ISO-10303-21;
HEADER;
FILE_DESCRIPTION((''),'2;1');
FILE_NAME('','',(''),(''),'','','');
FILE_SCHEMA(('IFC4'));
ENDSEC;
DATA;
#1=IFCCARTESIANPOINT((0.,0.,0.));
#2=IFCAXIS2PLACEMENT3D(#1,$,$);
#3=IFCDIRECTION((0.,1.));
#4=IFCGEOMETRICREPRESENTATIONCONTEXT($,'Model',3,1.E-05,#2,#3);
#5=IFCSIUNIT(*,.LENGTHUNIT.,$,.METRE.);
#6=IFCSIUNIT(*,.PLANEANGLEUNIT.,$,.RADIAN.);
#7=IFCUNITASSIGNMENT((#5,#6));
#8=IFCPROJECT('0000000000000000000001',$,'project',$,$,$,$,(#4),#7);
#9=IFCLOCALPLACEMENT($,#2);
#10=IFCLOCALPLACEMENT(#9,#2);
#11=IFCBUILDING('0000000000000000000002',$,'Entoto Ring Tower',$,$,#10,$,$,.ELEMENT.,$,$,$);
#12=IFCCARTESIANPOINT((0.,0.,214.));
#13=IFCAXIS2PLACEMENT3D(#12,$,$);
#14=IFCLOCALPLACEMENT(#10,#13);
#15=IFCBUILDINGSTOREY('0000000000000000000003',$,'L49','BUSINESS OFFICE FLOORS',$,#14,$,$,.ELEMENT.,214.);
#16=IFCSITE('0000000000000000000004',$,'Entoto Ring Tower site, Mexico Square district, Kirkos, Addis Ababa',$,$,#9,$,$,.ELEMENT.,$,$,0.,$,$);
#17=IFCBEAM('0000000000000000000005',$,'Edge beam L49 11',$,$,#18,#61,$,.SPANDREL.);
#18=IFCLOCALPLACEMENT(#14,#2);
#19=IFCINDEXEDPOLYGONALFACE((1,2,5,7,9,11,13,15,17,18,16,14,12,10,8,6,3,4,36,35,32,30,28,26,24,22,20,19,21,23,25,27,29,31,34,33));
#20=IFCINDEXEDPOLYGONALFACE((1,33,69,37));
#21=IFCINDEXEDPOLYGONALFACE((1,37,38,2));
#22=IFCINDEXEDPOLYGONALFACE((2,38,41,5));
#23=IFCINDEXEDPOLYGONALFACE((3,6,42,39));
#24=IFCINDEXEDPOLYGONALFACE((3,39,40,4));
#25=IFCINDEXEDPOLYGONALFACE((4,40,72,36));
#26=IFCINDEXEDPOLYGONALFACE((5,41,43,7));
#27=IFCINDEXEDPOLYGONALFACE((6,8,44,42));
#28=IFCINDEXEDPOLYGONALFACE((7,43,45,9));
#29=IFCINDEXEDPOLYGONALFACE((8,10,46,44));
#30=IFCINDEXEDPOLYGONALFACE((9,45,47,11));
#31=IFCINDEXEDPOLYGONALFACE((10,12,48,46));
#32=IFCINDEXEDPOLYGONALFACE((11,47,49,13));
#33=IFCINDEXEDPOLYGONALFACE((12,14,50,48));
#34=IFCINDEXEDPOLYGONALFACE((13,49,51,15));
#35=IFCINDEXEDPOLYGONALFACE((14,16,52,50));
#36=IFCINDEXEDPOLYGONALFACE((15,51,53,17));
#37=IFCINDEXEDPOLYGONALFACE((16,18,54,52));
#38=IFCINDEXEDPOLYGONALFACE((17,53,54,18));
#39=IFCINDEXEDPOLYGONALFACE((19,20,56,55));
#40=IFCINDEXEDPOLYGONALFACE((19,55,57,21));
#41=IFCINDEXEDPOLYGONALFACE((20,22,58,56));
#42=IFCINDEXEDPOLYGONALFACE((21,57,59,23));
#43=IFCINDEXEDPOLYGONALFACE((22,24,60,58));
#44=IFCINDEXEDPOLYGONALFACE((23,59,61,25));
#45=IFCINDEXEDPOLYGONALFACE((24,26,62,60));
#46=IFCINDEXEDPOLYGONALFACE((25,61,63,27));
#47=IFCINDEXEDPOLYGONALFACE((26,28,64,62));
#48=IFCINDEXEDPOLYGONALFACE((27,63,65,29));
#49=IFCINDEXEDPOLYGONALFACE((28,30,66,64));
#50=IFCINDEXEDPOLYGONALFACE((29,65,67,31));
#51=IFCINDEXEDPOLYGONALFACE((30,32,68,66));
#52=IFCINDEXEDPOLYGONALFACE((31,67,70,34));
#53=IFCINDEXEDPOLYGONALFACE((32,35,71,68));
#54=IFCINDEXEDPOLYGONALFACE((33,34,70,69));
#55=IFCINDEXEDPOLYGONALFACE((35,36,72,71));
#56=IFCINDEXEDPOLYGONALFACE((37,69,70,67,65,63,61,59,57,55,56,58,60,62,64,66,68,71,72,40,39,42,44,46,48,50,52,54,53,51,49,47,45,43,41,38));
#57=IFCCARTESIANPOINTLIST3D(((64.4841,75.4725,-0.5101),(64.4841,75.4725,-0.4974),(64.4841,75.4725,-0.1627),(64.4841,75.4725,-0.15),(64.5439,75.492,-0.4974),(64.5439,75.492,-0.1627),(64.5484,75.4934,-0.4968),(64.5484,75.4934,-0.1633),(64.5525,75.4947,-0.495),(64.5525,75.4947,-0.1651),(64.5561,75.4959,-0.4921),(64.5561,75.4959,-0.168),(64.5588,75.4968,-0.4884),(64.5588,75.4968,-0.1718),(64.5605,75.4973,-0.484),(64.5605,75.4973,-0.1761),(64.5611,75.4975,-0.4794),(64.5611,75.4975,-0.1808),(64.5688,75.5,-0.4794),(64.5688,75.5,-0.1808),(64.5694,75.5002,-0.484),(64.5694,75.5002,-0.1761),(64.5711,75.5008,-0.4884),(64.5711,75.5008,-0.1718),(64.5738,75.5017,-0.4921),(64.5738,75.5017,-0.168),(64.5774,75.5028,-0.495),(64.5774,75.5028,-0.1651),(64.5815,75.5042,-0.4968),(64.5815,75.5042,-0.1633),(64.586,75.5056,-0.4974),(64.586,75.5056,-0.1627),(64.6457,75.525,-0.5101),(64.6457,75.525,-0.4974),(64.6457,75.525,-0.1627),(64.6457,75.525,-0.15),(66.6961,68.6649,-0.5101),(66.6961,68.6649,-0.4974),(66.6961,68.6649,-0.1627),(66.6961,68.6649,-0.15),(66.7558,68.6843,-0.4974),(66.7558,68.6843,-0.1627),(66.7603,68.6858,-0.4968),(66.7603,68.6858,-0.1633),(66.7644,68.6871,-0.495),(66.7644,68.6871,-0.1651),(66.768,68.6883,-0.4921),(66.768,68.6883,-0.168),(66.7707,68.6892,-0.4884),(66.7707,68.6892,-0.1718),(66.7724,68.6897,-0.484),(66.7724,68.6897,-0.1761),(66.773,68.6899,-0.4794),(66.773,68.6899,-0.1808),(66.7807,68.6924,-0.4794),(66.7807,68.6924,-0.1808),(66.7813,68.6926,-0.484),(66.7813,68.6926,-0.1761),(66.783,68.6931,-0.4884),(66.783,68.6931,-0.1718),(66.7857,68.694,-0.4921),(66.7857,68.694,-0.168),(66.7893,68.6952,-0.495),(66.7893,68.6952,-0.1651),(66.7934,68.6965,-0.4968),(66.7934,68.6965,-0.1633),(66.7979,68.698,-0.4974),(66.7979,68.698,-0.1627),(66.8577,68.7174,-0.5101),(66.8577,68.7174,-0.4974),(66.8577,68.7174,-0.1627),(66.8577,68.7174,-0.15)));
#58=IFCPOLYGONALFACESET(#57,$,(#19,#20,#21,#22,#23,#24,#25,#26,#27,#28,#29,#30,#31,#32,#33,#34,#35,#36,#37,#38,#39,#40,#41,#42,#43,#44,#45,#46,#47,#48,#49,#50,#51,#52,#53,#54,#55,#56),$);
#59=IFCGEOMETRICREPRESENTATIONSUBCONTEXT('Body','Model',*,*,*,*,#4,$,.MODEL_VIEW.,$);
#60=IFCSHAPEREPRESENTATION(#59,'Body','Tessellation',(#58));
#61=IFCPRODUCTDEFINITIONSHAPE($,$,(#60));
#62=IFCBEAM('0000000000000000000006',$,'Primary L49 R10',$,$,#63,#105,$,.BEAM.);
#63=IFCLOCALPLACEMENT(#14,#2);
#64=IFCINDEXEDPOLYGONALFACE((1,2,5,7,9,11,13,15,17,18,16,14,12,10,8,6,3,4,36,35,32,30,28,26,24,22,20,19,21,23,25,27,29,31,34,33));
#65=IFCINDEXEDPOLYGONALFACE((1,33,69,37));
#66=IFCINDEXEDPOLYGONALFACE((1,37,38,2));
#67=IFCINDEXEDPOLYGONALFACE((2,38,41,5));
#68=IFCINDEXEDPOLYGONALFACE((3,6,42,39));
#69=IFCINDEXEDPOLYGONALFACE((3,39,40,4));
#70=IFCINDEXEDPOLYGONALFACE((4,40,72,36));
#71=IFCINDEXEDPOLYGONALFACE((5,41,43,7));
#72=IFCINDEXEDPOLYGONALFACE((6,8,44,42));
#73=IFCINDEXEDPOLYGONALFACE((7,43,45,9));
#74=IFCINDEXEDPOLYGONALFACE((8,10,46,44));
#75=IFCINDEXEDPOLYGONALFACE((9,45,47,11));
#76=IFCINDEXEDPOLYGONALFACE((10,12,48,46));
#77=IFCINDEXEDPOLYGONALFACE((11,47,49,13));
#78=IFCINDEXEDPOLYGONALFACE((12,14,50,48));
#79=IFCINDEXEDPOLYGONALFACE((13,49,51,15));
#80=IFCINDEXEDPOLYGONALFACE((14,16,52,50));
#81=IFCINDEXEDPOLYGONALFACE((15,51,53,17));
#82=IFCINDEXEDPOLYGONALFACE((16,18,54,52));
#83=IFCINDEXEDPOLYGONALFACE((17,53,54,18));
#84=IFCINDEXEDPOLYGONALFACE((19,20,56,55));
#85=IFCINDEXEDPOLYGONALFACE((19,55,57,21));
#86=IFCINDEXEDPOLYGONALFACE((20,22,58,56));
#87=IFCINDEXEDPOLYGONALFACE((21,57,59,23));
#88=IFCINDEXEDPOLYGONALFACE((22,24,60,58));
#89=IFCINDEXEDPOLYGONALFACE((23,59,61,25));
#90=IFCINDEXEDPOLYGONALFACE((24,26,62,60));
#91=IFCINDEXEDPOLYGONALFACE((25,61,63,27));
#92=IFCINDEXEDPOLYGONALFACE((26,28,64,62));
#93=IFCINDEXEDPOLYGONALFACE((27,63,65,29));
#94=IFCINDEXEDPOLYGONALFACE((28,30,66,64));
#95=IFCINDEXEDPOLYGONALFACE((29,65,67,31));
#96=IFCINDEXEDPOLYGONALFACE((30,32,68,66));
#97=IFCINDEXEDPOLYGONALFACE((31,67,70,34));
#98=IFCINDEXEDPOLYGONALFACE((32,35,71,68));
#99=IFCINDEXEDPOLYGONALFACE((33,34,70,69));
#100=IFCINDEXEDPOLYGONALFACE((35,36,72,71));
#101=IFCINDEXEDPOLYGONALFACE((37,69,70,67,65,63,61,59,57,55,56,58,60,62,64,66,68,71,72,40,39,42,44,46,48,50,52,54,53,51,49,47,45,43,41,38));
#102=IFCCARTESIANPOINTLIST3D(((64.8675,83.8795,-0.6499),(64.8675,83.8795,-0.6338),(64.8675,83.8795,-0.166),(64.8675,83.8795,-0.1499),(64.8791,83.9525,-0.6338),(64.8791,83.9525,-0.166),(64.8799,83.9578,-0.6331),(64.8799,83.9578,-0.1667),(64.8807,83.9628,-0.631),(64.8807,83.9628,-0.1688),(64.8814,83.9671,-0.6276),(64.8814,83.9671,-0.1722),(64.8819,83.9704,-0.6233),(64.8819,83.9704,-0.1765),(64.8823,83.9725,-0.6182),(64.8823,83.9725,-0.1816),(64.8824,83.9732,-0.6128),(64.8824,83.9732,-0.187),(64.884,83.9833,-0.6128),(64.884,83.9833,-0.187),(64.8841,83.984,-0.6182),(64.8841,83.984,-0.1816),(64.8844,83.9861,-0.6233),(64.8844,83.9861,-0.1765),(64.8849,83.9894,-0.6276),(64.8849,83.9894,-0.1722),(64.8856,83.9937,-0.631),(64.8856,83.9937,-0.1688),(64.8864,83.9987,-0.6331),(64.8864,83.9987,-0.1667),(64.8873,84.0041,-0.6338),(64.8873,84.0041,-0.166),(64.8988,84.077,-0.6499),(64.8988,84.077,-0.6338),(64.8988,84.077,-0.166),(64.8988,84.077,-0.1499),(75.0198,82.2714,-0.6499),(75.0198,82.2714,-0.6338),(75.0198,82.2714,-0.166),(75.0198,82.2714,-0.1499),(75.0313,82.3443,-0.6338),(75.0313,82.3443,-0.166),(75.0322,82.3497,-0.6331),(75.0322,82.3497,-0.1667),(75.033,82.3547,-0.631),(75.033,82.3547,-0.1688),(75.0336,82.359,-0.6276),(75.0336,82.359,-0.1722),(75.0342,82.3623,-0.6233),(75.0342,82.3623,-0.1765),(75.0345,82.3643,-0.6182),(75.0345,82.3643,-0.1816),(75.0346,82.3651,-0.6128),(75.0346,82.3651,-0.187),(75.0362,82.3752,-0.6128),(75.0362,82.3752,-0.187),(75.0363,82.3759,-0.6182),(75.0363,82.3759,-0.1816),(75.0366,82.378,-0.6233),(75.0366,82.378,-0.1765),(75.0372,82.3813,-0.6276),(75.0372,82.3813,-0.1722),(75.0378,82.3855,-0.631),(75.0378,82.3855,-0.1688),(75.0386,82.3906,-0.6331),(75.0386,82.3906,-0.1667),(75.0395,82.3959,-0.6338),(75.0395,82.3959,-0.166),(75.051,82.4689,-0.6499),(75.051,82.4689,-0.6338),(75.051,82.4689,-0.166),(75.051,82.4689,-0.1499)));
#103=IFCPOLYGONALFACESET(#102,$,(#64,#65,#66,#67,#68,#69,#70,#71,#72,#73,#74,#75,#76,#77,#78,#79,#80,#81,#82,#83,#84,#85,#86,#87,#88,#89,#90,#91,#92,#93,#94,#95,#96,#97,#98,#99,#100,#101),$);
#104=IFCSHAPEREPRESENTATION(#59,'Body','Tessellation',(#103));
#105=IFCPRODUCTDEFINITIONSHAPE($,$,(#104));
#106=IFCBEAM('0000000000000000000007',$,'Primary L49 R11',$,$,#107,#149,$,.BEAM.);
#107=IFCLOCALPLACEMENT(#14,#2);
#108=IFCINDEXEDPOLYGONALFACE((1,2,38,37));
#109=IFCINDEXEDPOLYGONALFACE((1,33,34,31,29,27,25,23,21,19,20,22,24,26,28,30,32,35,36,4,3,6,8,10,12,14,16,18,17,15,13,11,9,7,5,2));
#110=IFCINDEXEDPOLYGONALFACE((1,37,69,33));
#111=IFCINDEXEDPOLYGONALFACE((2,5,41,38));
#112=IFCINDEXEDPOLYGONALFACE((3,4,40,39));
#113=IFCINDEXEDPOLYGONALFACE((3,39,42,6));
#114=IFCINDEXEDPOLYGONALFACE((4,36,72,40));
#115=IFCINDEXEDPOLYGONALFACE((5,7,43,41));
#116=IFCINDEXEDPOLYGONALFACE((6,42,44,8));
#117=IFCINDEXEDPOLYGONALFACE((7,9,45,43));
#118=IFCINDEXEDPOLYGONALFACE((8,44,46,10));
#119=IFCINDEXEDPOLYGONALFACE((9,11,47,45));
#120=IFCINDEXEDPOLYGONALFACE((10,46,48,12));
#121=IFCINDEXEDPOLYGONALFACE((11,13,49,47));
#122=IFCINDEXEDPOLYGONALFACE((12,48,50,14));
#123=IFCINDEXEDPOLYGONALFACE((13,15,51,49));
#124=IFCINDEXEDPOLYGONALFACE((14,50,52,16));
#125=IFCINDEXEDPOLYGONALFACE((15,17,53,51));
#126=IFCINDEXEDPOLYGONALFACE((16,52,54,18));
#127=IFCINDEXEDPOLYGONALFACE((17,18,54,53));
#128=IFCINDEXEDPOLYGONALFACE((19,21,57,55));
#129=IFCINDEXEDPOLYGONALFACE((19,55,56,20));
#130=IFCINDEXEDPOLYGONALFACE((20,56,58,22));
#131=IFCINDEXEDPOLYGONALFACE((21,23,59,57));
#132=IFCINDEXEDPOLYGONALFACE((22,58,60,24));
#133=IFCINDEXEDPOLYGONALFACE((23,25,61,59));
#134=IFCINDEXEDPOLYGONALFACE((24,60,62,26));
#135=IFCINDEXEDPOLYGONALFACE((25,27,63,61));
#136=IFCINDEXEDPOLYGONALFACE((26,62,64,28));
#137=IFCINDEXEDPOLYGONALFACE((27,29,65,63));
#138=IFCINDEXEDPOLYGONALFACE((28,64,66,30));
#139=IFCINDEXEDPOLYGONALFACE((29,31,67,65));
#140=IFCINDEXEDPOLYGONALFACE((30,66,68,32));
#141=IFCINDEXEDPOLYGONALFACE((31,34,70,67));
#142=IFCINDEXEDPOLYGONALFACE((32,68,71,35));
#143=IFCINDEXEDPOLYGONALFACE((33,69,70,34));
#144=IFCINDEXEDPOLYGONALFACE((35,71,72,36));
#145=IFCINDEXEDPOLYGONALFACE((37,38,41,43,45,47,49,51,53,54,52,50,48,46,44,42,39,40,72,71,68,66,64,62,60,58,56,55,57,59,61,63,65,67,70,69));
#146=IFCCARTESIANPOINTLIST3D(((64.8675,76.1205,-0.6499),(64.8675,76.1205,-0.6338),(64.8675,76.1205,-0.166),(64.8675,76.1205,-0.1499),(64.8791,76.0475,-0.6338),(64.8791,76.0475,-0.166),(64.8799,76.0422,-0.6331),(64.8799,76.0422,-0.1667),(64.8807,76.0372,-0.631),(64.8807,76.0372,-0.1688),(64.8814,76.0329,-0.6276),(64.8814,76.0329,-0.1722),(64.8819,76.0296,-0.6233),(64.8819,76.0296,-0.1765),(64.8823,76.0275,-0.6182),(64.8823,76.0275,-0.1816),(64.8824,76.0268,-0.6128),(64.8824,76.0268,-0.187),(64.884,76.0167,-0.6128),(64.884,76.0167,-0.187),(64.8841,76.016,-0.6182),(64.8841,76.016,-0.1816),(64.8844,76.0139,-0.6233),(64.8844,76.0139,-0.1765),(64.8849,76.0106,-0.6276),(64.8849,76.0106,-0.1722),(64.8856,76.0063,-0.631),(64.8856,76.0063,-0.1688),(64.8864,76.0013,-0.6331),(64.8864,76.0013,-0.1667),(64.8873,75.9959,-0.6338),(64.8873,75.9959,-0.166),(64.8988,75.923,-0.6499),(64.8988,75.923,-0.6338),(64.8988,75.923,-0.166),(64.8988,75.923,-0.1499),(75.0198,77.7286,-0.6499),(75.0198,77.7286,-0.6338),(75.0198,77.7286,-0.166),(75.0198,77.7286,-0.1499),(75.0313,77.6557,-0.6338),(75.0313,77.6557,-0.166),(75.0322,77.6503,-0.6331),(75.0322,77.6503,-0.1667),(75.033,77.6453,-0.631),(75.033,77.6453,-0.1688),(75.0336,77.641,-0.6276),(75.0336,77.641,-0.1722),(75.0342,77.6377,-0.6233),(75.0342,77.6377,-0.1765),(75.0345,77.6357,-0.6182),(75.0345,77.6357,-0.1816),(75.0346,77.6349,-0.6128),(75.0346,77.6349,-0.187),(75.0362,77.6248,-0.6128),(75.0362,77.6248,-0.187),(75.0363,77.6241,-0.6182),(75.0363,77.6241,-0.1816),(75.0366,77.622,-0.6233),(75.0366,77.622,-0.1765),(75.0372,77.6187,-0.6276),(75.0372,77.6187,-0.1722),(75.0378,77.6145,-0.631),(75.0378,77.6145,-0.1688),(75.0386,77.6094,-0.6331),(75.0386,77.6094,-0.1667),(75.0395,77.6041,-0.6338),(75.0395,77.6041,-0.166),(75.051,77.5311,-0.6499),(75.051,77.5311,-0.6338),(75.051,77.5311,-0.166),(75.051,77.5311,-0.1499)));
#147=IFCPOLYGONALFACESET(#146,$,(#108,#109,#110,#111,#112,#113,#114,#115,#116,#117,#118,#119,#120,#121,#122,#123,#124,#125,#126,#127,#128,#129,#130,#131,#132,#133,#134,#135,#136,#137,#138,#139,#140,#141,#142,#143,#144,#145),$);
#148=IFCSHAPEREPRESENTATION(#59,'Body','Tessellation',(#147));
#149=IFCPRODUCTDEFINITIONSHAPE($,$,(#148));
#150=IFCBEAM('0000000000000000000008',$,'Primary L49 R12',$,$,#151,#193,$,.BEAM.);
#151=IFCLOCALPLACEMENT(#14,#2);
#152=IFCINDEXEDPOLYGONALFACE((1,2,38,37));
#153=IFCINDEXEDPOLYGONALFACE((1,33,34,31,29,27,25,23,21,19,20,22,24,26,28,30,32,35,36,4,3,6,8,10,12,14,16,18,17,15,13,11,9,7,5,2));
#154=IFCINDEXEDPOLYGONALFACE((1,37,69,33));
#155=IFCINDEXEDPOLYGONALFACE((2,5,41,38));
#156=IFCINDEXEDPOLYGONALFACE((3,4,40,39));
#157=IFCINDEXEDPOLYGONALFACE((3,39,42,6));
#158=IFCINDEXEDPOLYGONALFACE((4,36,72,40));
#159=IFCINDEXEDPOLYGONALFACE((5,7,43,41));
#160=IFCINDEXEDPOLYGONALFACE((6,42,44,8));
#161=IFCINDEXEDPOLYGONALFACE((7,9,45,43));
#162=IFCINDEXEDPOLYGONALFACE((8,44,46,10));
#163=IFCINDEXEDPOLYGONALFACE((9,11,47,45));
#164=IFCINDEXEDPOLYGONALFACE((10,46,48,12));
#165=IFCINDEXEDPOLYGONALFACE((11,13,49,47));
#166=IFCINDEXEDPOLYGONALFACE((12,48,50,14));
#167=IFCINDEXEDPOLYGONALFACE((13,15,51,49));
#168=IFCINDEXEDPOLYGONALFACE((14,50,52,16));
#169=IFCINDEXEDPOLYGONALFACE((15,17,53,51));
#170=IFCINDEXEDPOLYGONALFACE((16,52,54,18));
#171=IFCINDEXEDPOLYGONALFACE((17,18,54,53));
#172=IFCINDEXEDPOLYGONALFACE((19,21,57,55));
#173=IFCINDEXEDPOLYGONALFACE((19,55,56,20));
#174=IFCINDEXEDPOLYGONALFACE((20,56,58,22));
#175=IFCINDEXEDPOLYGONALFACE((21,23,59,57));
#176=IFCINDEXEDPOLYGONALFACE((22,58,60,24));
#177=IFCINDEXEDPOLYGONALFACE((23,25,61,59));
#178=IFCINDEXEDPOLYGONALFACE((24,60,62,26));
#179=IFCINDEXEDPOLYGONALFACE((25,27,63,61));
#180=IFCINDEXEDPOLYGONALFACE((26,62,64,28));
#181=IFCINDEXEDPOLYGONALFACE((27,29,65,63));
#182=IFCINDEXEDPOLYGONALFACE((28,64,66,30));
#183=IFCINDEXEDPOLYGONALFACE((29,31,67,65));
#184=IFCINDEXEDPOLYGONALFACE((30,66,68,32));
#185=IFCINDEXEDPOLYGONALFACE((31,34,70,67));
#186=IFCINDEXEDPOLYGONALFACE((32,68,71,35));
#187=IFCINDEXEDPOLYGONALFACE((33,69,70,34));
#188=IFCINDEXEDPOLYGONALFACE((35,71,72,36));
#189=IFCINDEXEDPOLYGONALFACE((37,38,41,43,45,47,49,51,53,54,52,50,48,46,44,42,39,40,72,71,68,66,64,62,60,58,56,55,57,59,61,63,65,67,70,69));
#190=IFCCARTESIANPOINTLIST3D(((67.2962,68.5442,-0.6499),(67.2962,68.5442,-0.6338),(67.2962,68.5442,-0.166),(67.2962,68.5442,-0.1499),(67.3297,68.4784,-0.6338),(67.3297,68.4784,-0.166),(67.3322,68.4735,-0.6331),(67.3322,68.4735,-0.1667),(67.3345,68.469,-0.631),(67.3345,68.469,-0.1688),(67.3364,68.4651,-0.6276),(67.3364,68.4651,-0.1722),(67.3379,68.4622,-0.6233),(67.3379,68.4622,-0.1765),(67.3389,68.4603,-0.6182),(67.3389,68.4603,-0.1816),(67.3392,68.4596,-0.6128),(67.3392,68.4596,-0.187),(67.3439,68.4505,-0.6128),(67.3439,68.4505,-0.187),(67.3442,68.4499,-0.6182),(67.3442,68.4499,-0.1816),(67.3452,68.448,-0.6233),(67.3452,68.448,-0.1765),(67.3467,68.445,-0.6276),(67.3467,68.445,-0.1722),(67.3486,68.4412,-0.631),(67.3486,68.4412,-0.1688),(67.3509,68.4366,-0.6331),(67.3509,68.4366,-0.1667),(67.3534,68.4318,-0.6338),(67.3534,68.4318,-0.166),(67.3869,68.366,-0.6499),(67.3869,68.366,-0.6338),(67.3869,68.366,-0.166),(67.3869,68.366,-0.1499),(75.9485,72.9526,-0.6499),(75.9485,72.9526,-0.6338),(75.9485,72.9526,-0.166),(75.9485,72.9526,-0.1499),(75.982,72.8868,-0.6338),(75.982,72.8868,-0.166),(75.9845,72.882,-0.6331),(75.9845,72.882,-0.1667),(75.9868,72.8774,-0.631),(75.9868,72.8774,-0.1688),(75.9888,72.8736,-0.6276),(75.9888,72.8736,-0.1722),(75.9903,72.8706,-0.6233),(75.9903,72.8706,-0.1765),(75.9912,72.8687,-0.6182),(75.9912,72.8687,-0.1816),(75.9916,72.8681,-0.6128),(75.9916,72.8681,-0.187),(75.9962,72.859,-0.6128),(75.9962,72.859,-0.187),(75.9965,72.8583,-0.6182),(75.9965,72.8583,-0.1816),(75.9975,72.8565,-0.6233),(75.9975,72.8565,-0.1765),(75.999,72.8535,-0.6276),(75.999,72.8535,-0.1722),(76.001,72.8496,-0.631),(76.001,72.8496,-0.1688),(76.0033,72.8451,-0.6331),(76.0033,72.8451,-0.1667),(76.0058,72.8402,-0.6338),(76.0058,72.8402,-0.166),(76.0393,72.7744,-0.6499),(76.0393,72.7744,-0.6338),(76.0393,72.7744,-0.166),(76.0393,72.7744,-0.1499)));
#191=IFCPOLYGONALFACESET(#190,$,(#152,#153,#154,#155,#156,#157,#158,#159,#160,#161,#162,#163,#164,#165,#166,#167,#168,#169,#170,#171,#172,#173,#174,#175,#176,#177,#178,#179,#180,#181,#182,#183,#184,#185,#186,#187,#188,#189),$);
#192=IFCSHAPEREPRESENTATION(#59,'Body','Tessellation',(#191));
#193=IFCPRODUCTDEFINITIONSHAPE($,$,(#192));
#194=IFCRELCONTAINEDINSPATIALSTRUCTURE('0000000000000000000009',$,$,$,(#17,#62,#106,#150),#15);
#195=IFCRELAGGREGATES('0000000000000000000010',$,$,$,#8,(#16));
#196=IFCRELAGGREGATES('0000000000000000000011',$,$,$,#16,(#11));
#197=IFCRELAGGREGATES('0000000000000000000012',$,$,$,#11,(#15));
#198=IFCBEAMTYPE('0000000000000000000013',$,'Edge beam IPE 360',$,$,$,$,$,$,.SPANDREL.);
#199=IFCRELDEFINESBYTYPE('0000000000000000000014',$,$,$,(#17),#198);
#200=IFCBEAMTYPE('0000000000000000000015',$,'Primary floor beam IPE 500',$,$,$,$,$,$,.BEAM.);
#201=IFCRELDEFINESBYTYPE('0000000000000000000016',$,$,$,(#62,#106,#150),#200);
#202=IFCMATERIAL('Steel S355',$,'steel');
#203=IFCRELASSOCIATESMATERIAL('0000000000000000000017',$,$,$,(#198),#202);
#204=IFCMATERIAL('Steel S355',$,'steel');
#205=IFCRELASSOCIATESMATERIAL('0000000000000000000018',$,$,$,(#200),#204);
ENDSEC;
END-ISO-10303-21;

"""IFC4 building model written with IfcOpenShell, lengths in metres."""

from ifc_helpers import new_model, si_unit, direction, frame, origin, origin_2d, place, context, subcontext, project, spatial, i_section, extrude, material, material_profile, profile_set, type_object, element, save


model = new_model("IFC4")

# Units and contexts
model_context = context("Model", 3, precision=1e-05, world=origin(), true_north=direction((0.0, 1.0)))
body_context = subcontext(model_context, "Body", "Model", "MODEL_VIEW")
ifc_project = project(units=[si_unit("LENGTHUNIT", "METRE"), si_unit("PLANEANGLEUNIT", "RADIAN")], contexts=[model_context])

# Site, building, storey
site_placement = place(None, origin())
site = spatial("IfcSite", under=ifc_project, at=site_placement, Name="Entoto Ring Tower site, Mexico Square district, Kirkos, Addis Ababa", CompositionType="ELEMENT", RefElevation=0.0)
building_placement = place(site_placement, origin())
building = spatial("IfcBuilding", under=site, at=building_placement, Name="Entoto Ring Tower", CompositionType="ELEMENT")
storey_placement = place(building_placement, frame((0.0, 0.0, 214.0)))
storey = spatial("IfcBuildingStorey", under=building, at=storey_placement, Name="L49", Description="BUSINESS OFFICE FLOORS", CompositionType="ELEMENT", Elevation=214.0)

# Beams
ifc_material_1 = material(Name="Steel S355", Category="steel")
ifc_material_profile_1 = material_profile(ifc_material_1, i_section(OverallWidth=0.1699, OverallDepth=0.3601, WebThickness=0.0081, FlangeThickness=0.0127, FilletRadius=0.0181, at=origin_2d()), Name="IPE 360")
ifc_profile_set_1 = profile_set([ifc_material_profile_1], Name="Steel S355")
beam_type_1 = type_object("IfcBeamType", Name="Edge beam IPE 360", PredefinedType="SPANDREL", material=ifc_profile_set_1)
beam_1_placement = place(storey_placement, frame((64.5649, 75.4988, -0.3301), z_axis=(0.309015, -0.951057, 0.0), x_axis=(0.951057, 0.309015, 0.0)))
element("IfcBeam", 1, at=beam_1_placement, inside=storey, type_object=beam_type_1, Name="Edge beam L49 11", PredefinedType="SPANDREL", context=body_context, shape_type="SweptSolid", body=[
    extrude(i_section(OverallWidth=0.1699, OverallDepth=0.3601, WebThickness=0.0081, FlangeThickness=0.0127, FilletRadius=0.0181, at=origin_2d()), origin(), (0.0, 0.0, 1.0), 7.158),
])
ifc_material_2 = material(Name="Steel S355", Category="steel")
ifc_material_profile_2 = material_profile(ifc_material_2, i_section(OverallWidth=0.2, OverallDepth=0.5, WebThickness=0.0103, FlangeThickness=0.0161, FilletRadius=0.021, at=origin_2d()), Name="IPE 500")
ifc_profile_set_2 = profile_set([ifc_material_profile_2], Name="Steel S355")
beam_type_2 = type_object("IfcBeamType", Name="Primary floor beam IPE 500", PredefinedType="BEAM", material=ifc_profile_set_2)
for number, where, z_axis, x_axis, name in (
    (2, (75.0354, 82.3701, -0.3999), (-0.987686, 0.156452, 0.0), (-0.156452, -0.987686, 0.0), "Primary L49 R10"),
    (3, (75.0354, 77.6299, -0.3999), (-0.987686, -0.156452, 0.0), (0.156452, -0.987686, 0.0), "Primary L49 R11"),
):
    element("IfcBeam", number, at=place(storey_placement, frame(where, z_axis=z_axis, x_axis=x_axis)), inside=storey, type_object=beam_type_2, Name=name, PredefinedType="BEAM", context=body_context, shape_type="SweptSolid", body=[
        extrude(i_section(OverallWidth=0.2, OverallDepth=0.5, WebThickness=0.0103, FlangeThickness=0.0161, FilletRadius=0.021, at=origin_2d()), origin(), (0.0, 0.0, 1.0), 10.2788),
    ])
beam_2_placement = place(storey_placement, frame((75.9939, 72.8635, -0.3999), z_axis=(-0.891012, -0.453979, 0.0), x_axis=(0.453979, -0.891012, 0.0)))
element("IfcBeam", 4, at=beam_2_placement, inside=storey, type_object=beam_type_2, Name="Primary L49 R12", PredefinedType="BEAM", context=body_context, shape_type="SweptSolid", body=[
    extrude(i_section(OverallWidth=0.2, OverallDepth=0.5, WebThickness=0.0103, FlangeThickness=0.0161, FilletRadius=0.021, at=origin_2d()), origin(), (0.0, 0.0, 1.0), 9.7107),
])

save(model, "model.ifc")
